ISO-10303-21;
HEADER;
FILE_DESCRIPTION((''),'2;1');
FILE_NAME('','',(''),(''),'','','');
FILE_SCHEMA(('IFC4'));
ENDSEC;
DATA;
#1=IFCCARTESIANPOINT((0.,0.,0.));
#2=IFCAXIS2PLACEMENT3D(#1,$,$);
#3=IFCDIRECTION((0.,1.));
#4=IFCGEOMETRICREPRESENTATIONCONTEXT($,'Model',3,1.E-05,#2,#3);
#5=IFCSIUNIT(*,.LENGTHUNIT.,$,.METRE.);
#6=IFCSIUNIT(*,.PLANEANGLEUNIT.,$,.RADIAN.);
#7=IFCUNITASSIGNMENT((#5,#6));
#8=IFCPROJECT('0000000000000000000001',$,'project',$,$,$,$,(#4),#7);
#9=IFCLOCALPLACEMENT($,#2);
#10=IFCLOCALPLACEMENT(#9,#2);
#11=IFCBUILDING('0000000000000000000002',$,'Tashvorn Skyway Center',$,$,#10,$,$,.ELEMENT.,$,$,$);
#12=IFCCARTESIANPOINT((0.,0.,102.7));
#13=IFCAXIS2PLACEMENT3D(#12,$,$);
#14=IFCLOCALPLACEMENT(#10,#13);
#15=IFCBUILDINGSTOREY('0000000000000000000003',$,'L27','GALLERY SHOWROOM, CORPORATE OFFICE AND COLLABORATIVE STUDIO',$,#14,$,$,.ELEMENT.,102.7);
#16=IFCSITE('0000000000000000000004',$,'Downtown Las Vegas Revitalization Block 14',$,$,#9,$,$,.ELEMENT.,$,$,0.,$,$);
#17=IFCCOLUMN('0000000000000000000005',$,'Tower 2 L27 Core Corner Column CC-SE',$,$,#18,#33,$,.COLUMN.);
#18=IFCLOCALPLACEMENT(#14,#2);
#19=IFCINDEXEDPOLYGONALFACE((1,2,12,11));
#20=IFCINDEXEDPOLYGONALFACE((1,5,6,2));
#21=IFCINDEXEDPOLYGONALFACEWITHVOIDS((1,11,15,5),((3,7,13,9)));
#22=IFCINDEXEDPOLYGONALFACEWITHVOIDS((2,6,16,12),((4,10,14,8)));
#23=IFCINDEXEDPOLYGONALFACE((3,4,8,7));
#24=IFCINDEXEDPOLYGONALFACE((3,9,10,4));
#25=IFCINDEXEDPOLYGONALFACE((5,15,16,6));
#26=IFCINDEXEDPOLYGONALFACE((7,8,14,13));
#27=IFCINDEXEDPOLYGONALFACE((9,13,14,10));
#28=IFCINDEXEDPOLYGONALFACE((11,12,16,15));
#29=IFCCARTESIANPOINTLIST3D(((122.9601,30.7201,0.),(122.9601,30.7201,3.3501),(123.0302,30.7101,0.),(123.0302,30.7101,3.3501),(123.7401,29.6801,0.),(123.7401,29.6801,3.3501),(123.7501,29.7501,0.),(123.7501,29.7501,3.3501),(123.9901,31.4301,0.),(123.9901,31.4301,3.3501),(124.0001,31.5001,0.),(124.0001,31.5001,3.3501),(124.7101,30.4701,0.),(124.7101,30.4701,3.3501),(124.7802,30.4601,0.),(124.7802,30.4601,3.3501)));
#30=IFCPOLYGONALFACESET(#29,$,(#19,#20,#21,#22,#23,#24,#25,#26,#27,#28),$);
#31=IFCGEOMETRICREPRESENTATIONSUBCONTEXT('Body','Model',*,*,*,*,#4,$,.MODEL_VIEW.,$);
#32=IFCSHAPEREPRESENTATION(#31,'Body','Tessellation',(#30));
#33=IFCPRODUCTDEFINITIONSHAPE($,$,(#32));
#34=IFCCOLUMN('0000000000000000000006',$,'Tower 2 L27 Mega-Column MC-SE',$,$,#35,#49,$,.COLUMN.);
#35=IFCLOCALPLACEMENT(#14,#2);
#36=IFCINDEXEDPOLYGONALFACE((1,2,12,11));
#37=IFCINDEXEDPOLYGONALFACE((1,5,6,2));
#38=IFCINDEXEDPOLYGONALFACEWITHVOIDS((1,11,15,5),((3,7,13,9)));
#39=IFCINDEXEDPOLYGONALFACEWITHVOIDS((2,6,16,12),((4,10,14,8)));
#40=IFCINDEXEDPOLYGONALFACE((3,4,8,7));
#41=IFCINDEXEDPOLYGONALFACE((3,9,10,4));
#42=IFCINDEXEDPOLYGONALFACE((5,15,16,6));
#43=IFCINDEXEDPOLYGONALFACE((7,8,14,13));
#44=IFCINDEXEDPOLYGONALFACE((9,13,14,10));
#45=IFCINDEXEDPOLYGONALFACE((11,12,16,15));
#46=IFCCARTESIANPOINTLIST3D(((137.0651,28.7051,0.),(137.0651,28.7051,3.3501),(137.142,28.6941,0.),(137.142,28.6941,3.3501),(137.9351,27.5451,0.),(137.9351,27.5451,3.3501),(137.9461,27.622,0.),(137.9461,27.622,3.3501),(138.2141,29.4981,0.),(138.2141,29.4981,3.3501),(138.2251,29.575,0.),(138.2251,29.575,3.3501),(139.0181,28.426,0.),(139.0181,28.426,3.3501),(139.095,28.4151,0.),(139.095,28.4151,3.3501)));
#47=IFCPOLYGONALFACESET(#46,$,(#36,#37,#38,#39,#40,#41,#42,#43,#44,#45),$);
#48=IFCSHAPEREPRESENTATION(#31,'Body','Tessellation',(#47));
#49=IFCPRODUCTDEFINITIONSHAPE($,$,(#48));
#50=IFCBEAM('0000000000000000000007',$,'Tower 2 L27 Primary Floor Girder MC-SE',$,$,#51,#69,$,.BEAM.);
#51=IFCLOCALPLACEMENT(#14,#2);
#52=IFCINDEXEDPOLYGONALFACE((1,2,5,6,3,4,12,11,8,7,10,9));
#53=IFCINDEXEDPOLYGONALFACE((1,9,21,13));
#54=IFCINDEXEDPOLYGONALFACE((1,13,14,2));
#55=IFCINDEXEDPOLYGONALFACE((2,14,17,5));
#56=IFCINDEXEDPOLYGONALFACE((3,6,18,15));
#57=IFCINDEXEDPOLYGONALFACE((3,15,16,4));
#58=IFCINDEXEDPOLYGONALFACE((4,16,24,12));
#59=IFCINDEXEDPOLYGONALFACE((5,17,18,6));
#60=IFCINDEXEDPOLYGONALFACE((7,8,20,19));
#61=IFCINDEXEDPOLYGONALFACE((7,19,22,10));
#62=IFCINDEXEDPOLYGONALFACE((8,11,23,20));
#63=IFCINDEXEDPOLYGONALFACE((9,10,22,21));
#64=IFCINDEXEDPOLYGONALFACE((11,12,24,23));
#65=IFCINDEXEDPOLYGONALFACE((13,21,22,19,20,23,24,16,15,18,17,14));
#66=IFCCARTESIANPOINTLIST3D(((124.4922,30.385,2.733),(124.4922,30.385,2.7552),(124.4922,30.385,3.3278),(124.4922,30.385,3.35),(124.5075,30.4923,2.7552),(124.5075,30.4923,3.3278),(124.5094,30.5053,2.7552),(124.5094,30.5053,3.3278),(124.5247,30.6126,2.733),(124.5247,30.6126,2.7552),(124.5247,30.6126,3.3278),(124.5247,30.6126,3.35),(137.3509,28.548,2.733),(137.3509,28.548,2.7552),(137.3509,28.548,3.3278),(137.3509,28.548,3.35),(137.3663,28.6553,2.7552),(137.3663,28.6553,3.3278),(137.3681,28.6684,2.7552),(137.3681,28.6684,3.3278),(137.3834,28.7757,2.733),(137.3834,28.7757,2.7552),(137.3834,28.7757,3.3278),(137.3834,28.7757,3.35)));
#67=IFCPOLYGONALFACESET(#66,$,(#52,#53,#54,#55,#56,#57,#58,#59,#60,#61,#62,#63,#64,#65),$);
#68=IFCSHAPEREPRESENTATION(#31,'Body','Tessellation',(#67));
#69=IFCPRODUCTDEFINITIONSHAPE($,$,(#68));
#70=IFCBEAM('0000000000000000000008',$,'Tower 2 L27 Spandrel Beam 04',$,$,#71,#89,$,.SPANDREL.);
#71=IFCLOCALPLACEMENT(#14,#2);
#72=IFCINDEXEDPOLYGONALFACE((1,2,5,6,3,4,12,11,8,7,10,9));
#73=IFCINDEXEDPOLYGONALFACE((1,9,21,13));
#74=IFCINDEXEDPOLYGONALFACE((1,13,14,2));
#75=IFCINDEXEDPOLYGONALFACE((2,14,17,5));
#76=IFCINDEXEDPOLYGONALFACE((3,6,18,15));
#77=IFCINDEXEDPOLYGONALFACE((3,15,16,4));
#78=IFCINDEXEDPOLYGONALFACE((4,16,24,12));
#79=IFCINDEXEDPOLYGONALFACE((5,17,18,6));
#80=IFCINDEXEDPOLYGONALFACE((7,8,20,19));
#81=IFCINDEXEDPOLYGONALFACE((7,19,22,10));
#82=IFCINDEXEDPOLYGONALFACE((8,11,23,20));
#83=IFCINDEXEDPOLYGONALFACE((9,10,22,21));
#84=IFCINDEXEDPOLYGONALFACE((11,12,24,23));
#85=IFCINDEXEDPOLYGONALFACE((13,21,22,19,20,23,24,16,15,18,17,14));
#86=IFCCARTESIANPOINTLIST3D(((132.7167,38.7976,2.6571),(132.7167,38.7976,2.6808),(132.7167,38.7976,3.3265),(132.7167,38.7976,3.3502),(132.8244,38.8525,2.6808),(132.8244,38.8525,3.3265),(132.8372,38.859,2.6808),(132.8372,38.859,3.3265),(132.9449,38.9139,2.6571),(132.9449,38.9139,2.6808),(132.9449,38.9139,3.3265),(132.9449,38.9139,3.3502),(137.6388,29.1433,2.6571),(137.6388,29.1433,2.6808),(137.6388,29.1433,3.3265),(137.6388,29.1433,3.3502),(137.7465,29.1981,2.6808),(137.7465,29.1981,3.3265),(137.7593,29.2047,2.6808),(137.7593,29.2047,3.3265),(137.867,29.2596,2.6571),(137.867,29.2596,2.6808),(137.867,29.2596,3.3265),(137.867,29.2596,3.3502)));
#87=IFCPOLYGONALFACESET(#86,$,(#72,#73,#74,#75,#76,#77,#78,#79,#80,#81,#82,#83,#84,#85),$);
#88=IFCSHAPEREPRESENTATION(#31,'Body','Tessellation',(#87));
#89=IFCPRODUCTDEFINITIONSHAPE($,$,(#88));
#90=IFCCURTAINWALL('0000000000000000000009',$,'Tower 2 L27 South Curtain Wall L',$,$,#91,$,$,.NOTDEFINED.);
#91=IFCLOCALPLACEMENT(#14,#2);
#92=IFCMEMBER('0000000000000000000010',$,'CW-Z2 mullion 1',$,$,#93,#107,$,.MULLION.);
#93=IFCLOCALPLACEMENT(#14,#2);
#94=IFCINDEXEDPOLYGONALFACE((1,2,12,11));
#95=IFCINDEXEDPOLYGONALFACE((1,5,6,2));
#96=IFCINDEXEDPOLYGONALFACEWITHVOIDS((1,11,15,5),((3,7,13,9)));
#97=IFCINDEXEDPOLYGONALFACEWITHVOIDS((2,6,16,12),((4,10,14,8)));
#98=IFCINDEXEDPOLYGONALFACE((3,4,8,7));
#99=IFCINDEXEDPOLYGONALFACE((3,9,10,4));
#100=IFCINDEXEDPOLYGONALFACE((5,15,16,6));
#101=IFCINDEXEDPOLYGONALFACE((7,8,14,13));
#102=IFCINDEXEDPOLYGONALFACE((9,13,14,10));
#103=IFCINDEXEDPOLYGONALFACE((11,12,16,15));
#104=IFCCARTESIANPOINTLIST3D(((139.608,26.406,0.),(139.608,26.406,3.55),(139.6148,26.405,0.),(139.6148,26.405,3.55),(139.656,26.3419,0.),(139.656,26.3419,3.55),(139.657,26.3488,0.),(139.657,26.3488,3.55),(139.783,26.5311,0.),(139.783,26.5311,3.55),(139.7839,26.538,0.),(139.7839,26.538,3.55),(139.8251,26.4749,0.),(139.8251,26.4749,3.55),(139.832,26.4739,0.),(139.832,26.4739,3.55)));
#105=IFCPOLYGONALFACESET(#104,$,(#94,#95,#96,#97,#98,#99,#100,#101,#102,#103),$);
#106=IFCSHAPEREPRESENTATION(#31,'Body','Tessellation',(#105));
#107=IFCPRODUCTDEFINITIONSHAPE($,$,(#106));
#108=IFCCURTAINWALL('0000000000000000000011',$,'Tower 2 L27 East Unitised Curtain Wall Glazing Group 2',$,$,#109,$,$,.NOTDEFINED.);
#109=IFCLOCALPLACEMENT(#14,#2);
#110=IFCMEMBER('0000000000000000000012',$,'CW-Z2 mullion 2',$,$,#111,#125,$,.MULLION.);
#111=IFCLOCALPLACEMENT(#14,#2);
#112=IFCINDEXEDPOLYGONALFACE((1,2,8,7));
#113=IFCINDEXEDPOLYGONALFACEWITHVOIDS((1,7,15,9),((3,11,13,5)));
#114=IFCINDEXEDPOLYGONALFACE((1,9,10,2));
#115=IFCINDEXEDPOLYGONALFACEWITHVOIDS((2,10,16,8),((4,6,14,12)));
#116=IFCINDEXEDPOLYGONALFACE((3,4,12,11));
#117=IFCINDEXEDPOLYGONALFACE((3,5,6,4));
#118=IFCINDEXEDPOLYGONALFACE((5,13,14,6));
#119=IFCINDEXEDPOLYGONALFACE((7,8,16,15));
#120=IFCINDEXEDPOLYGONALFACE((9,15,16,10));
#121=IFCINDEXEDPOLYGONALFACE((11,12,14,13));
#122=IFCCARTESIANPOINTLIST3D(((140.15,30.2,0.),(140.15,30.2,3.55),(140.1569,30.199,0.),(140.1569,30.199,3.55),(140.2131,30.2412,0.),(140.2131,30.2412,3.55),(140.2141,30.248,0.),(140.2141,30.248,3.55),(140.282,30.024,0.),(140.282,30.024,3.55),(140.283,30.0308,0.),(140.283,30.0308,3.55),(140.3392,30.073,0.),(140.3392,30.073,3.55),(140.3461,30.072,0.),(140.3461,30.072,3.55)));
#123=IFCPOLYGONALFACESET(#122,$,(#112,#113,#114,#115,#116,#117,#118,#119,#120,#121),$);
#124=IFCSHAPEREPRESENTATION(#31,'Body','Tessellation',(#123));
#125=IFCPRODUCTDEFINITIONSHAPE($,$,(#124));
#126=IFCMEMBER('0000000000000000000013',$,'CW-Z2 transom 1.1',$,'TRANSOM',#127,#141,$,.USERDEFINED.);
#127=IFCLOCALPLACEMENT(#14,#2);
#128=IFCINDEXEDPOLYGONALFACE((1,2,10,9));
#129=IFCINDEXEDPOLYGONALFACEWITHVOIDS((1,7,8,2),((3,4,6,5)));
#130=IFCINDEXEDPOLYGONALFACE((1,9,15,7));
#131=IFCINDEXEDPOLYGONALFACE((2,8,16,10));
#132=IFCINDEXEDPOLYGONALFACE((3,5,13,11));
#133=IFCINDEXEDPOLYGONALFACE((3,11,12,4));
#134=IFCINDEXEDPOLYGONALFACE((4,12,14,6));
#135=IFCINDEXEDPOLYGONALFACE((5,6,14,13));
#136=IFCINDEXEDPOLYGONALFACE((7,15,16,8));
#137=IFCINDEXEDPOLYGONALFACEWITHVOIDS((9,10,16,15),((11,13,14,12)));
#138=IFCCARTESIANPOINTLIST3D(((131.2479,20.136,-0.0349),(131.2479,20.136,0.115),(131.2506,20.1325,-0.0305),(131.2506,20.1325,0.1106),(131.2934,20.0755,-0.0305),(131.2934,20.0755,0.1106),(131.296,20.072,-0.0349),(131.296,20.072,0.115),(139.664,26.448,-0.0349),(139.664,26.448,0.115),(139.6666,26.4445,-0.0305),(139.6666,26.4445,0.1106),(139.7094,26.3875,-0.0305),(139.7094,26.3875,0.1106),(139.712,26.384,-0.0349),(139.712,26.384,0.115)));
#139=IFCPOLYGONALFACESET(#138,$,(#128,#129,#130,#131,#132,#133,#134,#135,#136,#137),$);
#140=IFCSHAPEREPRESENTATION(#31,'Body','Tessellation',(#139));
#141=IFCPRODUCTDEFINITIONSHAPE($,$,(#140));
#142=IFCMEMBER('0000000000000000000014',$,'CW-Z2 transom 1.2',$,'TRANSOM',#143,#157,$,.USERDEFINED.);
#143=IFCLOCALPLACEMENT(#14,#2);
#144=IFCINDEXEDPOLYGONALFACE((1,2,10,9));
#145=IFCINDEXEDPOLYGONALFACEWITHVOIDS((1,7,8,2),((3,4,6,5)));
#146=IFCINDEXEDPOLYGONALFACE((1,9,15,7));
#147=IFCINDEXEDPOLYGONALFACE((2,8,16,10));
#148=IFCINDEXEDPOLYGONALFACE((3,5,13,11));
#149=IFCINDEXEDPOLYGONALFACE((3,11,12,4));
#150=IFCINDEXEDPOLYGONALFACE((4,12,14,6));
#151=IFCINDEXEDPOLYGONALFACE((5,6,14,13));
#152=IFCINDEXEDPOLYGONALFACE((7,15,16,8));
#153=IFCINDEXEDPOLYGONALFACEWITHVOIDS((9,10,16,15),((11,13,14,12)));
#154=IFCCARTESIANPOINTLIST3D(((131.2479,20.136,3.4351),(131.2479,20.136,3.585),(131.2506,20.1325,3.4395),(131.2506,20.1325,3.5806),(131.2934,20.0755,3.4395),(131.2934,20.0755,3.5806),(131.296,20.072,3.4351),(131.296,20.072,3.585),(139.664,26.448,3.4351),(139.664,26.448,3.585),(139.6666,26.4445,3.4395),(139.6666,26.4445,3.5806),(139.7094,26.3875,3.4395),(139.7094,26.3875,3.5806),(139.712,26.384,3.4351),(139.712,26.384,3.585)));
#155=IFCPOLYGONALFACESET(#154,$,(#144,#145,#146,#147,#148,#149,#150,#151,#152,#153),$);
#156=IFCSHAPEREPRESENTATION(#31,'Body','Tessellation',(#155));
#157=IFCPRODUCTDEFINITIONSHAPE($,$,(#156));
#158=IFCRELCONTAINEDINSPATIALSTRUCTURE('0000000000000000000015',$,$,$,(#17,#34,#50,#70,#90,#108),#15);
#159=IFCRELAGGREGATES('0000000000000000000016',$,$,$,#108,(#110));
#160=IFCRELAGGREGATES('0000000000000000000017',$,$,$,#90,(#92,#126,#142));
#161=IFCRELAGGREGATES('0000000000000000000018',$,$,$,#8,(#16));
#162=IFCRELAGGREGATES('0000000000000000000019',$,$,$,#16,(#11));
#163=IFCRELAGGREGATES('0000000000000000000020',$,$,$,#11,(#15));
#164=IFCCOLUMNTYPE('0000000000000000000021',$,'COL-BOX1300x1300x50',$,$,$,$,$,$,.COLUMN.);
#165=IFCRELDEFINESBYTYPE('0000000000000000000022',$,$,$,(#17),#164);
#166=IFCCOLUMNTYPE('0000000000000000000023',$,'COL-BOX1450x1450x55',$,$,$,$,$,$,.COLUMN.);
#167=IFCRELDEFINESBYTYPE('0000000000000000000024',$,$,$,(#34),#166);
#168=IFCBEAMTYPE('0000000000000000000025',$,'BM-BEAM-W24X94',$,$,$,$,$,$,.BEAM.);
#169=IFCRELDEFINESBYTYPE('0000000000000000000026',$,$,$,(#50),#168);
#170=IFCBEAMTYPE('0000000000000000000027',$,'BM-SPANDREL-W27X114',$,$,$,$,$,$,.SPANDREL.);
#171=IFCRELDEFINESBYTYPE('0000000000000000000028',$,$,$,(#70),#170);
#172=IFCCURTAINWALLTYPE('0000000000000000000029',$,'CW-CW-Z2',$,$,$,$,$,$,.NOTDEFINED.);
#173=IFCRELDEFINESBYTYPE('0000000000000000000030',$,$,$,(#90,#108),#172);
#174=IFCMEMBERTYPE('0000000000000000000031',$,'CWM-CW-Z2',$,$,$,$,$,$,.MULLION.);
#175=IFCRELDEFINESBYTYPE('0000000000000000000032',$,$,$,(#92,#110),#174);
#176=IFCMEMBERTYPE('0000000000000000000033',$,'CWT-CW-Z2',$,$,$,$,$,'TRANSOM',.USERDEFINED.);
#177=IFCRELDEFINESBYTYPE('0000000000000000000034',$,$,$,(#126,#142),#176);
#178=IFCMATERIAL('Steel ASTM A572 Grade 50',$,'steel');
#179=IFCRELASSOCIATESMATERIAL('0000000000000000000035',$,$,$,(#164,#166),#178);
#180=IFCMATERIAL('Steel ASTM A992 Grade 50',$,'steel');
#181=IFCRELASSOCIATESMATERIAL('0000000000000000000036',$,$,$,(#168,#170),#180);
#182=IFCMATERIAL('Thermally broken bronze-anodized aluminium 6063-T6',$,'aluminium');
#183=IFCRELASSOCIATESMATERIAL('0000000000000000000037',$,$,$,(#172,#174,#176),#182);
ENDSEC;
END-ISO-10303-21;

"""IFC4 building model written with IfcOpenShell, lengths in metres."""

from ifc_helpers import new_model, si_unit, direction, frame, origin, origin_2d, place, context, subcontext, project, spatial, hollow_rectangle, i_section, extrude, material, material_profile, profile_set, type_object, element, aggregate, save


model = new_model("IFC4")

# Units and contexts
model_context = context("Model", 3, precision=1e-05, world=origin(), true_north=direction((0.0, 1.0)))
body_context = subcontext(model_context, "Body", "Model", "MODEL_VIEW")
ifc_project = project(units=[si_unit("LENGTHUNIT", "METRE"), si_unit("PLANEANGLEUNIT", "RADIAN")], contexts=[model_context])

# Site, building, storey
site_placement = place(None, origin())
site = spatial("IfcSite", under=ifc_project, at=site_placement, Name="Downtown Las Vegas Revitalization Block 14", CompositionType="ELEMENT", RefElevation=0.0)
building_placement = place(site_placement, origin())
building = spatial("IfcBuilding", under=site, at=building_placement, Name="Tashvorn Skyway Center", CompositionType="ELEMENT")
storey_placement = place(building_placement, frame((0.0, 0.0, 102.7)))
storey = spatial("IfcBuildingStorey", under=building, at=storey_placement, Name="L27", Description="GALLERY SHOWROOM, CORPORATE OFFICE AND COLLABORATIVE STUDIO", CompositionType="ELEMENT", Elevation=102.7)

# Columns
ifc_material_1 = material(Name="Steel ASTM A572 Grade 50", Category="steel")
ifc_material_profile_1 = material_profile(ifc_material_1, hollow_rectangle(XDim=1.3, YDim=1.3, WallThickness=0.05, at=origin_2d()), Name="BOX1300x1300x50")
ifc_profile_set_1 = profile_set([ifc_material_profile_1], Name="Steel ASTM A572 Grade 50")
column_type_1 = type_object("IfcColumnType", Name="COL-BOX1300x1300x50", PredefinedType="COLUMN", material=ifc_profile_set_1)
column_1_placement = place(storey_placement, frame((123.8701, 30.5901, 0.0), z_axis=(0.0, 0.0, 1.0), x_axis=(0.8, 0.6, 0.0)))
element("IfcColumn", 1, at=column_1_placement, inside=storey, type_object=column_type_1, Name="Tower 2 L27 Core Corner Column CC-SE", PredefinedType="COLUMN", context=body_context, shape_type="SweptSolid", body=[
    extrude(hollow_rectangle(XDim=1.3, YDim=1.3, WallThickness=0.05, at=origin_2d()), origin(), (0.0, 0.0, 1.0), 3.3501),
])
ifc_material_profile_2 = material_profile(ifc_material_1, hollow_rectangle(XDim=1.45, YDim=1.45, WallThickness=0.0549, at=origin_2d()), Name="BOX1450x1450x55")
ifc_profile_set_2 = profile_set([ifc_material_profile_2], Name="Steel ASTM A572 Grade 50")
column_type_2 = type_object("IfcColumnType", Name="COL-BOX1450x1450x55", PredefinedType="COLUMN", material=ifc_profile_set_2)
column_2_placement = place(storey_placement, frame((138.0801, 28.5601, 0.0), z_axis=(0.0, 0.0, 1.0), x_axis=(0.8, 0.6, 0.0)))
element("IfcColumn", 2, at=column_2_placement, inside=storey, type_object=column_type_2, Name="Tower 2 L27 Mega-Column MC-SE", PredefinedType="COLUMN", context=body_context, shape_type="SweptSolid", body=[
    extrude(hollow_rectangle(XDim=1.45, YDim=1.45, WallThickness=0.0549, at=origin_2d()), origin(), (0.0, 0.0, 1.0), 3.3501),
])

# Beams
ifc_material_2 = material(Name="Steel ASTM A992 Grade 50", Category="steel")
ifc_material_profile_3 = material_profile(ifc_material_2, i_section(OverallWidth=0.23, OverallDepth=0.6169, WebThickness=0.0132, FlangeThickness=0.0222, at=origin_2d()), Name="W24X94")
ifc_profile_set_3 = profile_set([ifc_material_profile_3], Name="Steel ASTM A992 Grade 50")
beam_type_1 = type_object("IfcBeamType", Name="BM-BEAM-W24X94", PredefinedType="BEAM", material=ifc_profile_set_3)
beam_1_placement = place(storey_placement, frame((137.3672, 28.6619, 3.0415), z_axis=(-0.98995, 0.141419, 0.0), x_axis=(-0.141419, -0.98995, 0.0)))
element("IfcBeam", 3, at=beam_1_placement, inside=storey, type_object=beam_type_1, Name="Tower 2 L27 Primary Floor Girder MC-SE", PredefinedType="BEAM", context=body_context, shape_type="SweptSolid", body=[
    extrude(i_section(OverallWidth=0.23, OverallDepth=0.6169, WebThickness=0.0132, FlangeThickness=0.0222, at=origin_2d()), origin(), (0.0, 0.0, 1.0), 12.9893),
])
ifc_material_profile_4 = material_profile(ifc_material_2, i_section(OverallWidth=0.2561, OverallDepth=0.6931, WebThickness=0.0144, FlangeThickness=0.0237, at=origin_2d()), Name="W27X114")
ifc_profile_set_4 = profile_set([ifc_material_profile_4], Name="Steel ASTM A992 Grade 50")
beam_type_2 = type_object("IfcBeamType", Name="BM-SPANDREL-W27X114", PredefinedType="SPANDREL", material=ifc_profile_set_4)
beam_2_placement = place(storey_placement, frame((137.7529, 29.2014, 3.0037), z_axis=(-0.454211, 0.890894, 0.0), x_axis=(-0.890894, -0.454211, 0.0)))
element("IfcBeam", 4, at=beam_2_placement, inside=storey, type_object=beam_type_2, Name="Tower 2 L27 Spandrel Beam 04", PredefinedType="SPANDREL", context=body_context, shape_type="SweptSolid", body=[
    extrude(i_section(OverallWidth=0.2561, OverallDepth=0.6931, WebThickness=0.0144, FlangeThickness=0.0237, at=origin_2d()), origin(), (0.0, 0.0, 1.0), 10.8367),
])

# Curtain walls, members
ifc_material_3 = material(Name="Thermally broken bronze-anodized aluminium 6063-T6", Category="aluminium")
curtain_wall_type = type_object("IfcCurtainWallType", Name="CW-CW-Z2", PredefinedType="NOTDEFINED", material=ifc_material_3)
curtain_wall_1_placement = place(storey_placement, origin())
curtain_wall_1 = element("IfcCurtainWall", 5, at=curtain_wall_1_placement, inside=storey, type_object=curtain_wall_type, Name="Tower 2 L27 South Curtain Wall L", PredefinedType="NOTDEFINED")
ifc_material_profile_5 = material_profile(ifc_material_3, hollow_rectangle(XDim=0.0801, YDim=0.22, WallThickness=0.0049, at=origin_2d()), Name="ALU-MULL-80x220")
ifc_profile_set_5 = profile_set([ifc_material_profile_5], Name="Thermally broken bronze-anodized aluminium 6063-T6")
member_type_1 = type_object("IfcMemberType", Name="CWM-CW-Z2", PredefinedType="MULLION", material=ifc_profile_set_5)
member_1_placement = place(storey_placement, frame((139.72, 26.4399, 0.0), z_axis=(0.0, 0.0, 1.0), x_axis=(0.6, -0.8, 0.0)))
member_1 = element("IfcMember", 6, at=member_1_placement, type_object=member_type_1, Name="CW-Z2 mullion 1", PredefinedType="MULLION", context=body_context, shape_type="SweptSolid", body=[
    extrude(hollow_rectangle(XDim=0.0801, YDim=0.22, WallThickness=0.0049, at=origin_2d()), origin(), (0.0, 0.0, 1.0), 3.55),
])
curtain_wall_2_placement = place(storey_placement, origin())
curtain_wall_2 = element("IfcCurtainWall", 7, at=curtain_wall_2_placement, inside=storey, type_object=curtain_wall_type, Name="Tower 2 L27 East Unitised Curtain Wall Glazing Group 2", PredefinedType="NOTDEFINED")
member_2_placement = place(storey_placement, frame((140.248, 30.136, 0.0), z_axis=(0.0, 0.0, 1.0), x_axis=(0.8, 0.6, 0.0)))
member_2 = element("IfcMember", 8, at=member_2_placement, type_object=member_type_1, Name="CW-Z2 mullion 2", PredefinedType="MULLION", context=body_context, shape_type="SweptSolid", body=[
    extrude(hollow_rectangle(XDim=0.0801, YDim=0.22, WallThickness=0.0049, at=origin_2d()), origin(), (0.0, 0.0, 1.0), 3.55),
])
aggregate(curtain_wall_2, [member_2])

# Members
ifc_material_profile_6 = material_profile(ifc_material_3, hollow_rectangle(XDim=0.0801, YDim=0.1499, WallThickness=0.0044, at=origin_2d()), Name="ALU-TRAN-80x150")
ifc_profile_set_6 = profile_set([ifc_material_profile_6], Name="Thermally broken bronze-anodized aluminium 6063-T6")
member_type_2 = type_object("IfcMemberType", Name="CWT-CW-Z2", ElementType="TRANSOM", PredefinedType="USERDEFINED", material=ifc_profile_set_6)
member_3_placement = place(storey_placement, frame((139.688, 26.416, 0.04), z_axis=(-0.8, -0.6, 0.0), x_axis=(0.6, -0.8, 0.0)))
member_3 = element("IfcMember", 9, at=member_3_placement, type_object=member_type_2, Name="CW-Z2 transom 1.1", ObjectType="TRANSOM", PredefinedType="USERDEFINED", context=body_context, shape_type="SweptSolid", body=[
    extrude(hollow_rectangle(XDim=0.0801, YDim=0.1499, WallThickness=0.0044, at=origin_2d()), origin(), (0.0, 0.0, 1.0), 10.52),
])
member_4_placement = place(storey_placement, frame((139.688, 26.416, 3.51), z_axis=(-0.8, -0.6, 0.0), x_axis=(0.6, -0.8, 0.0)))
member_4 = element("IfcMember", 10, at=member_4_placement, type_object=member_type_2, Name="CW-Z2 transom 1.2", ObjectType="TRANSOM", PredefinedType="USERDEFINED", context=body_context, shape_type="SweptSolid", body=[
    extrude(hollow_rectangle(XDim=0.0801, YDim=0.1499, WallThickness=0.0044, at=origin_2d()), origin(), (0.0, 0.0, 1.0), 10.52),
])
aggregate(curtain_wall_1, [member_1, member_3, member_4])

save(model, "model.ifc")
